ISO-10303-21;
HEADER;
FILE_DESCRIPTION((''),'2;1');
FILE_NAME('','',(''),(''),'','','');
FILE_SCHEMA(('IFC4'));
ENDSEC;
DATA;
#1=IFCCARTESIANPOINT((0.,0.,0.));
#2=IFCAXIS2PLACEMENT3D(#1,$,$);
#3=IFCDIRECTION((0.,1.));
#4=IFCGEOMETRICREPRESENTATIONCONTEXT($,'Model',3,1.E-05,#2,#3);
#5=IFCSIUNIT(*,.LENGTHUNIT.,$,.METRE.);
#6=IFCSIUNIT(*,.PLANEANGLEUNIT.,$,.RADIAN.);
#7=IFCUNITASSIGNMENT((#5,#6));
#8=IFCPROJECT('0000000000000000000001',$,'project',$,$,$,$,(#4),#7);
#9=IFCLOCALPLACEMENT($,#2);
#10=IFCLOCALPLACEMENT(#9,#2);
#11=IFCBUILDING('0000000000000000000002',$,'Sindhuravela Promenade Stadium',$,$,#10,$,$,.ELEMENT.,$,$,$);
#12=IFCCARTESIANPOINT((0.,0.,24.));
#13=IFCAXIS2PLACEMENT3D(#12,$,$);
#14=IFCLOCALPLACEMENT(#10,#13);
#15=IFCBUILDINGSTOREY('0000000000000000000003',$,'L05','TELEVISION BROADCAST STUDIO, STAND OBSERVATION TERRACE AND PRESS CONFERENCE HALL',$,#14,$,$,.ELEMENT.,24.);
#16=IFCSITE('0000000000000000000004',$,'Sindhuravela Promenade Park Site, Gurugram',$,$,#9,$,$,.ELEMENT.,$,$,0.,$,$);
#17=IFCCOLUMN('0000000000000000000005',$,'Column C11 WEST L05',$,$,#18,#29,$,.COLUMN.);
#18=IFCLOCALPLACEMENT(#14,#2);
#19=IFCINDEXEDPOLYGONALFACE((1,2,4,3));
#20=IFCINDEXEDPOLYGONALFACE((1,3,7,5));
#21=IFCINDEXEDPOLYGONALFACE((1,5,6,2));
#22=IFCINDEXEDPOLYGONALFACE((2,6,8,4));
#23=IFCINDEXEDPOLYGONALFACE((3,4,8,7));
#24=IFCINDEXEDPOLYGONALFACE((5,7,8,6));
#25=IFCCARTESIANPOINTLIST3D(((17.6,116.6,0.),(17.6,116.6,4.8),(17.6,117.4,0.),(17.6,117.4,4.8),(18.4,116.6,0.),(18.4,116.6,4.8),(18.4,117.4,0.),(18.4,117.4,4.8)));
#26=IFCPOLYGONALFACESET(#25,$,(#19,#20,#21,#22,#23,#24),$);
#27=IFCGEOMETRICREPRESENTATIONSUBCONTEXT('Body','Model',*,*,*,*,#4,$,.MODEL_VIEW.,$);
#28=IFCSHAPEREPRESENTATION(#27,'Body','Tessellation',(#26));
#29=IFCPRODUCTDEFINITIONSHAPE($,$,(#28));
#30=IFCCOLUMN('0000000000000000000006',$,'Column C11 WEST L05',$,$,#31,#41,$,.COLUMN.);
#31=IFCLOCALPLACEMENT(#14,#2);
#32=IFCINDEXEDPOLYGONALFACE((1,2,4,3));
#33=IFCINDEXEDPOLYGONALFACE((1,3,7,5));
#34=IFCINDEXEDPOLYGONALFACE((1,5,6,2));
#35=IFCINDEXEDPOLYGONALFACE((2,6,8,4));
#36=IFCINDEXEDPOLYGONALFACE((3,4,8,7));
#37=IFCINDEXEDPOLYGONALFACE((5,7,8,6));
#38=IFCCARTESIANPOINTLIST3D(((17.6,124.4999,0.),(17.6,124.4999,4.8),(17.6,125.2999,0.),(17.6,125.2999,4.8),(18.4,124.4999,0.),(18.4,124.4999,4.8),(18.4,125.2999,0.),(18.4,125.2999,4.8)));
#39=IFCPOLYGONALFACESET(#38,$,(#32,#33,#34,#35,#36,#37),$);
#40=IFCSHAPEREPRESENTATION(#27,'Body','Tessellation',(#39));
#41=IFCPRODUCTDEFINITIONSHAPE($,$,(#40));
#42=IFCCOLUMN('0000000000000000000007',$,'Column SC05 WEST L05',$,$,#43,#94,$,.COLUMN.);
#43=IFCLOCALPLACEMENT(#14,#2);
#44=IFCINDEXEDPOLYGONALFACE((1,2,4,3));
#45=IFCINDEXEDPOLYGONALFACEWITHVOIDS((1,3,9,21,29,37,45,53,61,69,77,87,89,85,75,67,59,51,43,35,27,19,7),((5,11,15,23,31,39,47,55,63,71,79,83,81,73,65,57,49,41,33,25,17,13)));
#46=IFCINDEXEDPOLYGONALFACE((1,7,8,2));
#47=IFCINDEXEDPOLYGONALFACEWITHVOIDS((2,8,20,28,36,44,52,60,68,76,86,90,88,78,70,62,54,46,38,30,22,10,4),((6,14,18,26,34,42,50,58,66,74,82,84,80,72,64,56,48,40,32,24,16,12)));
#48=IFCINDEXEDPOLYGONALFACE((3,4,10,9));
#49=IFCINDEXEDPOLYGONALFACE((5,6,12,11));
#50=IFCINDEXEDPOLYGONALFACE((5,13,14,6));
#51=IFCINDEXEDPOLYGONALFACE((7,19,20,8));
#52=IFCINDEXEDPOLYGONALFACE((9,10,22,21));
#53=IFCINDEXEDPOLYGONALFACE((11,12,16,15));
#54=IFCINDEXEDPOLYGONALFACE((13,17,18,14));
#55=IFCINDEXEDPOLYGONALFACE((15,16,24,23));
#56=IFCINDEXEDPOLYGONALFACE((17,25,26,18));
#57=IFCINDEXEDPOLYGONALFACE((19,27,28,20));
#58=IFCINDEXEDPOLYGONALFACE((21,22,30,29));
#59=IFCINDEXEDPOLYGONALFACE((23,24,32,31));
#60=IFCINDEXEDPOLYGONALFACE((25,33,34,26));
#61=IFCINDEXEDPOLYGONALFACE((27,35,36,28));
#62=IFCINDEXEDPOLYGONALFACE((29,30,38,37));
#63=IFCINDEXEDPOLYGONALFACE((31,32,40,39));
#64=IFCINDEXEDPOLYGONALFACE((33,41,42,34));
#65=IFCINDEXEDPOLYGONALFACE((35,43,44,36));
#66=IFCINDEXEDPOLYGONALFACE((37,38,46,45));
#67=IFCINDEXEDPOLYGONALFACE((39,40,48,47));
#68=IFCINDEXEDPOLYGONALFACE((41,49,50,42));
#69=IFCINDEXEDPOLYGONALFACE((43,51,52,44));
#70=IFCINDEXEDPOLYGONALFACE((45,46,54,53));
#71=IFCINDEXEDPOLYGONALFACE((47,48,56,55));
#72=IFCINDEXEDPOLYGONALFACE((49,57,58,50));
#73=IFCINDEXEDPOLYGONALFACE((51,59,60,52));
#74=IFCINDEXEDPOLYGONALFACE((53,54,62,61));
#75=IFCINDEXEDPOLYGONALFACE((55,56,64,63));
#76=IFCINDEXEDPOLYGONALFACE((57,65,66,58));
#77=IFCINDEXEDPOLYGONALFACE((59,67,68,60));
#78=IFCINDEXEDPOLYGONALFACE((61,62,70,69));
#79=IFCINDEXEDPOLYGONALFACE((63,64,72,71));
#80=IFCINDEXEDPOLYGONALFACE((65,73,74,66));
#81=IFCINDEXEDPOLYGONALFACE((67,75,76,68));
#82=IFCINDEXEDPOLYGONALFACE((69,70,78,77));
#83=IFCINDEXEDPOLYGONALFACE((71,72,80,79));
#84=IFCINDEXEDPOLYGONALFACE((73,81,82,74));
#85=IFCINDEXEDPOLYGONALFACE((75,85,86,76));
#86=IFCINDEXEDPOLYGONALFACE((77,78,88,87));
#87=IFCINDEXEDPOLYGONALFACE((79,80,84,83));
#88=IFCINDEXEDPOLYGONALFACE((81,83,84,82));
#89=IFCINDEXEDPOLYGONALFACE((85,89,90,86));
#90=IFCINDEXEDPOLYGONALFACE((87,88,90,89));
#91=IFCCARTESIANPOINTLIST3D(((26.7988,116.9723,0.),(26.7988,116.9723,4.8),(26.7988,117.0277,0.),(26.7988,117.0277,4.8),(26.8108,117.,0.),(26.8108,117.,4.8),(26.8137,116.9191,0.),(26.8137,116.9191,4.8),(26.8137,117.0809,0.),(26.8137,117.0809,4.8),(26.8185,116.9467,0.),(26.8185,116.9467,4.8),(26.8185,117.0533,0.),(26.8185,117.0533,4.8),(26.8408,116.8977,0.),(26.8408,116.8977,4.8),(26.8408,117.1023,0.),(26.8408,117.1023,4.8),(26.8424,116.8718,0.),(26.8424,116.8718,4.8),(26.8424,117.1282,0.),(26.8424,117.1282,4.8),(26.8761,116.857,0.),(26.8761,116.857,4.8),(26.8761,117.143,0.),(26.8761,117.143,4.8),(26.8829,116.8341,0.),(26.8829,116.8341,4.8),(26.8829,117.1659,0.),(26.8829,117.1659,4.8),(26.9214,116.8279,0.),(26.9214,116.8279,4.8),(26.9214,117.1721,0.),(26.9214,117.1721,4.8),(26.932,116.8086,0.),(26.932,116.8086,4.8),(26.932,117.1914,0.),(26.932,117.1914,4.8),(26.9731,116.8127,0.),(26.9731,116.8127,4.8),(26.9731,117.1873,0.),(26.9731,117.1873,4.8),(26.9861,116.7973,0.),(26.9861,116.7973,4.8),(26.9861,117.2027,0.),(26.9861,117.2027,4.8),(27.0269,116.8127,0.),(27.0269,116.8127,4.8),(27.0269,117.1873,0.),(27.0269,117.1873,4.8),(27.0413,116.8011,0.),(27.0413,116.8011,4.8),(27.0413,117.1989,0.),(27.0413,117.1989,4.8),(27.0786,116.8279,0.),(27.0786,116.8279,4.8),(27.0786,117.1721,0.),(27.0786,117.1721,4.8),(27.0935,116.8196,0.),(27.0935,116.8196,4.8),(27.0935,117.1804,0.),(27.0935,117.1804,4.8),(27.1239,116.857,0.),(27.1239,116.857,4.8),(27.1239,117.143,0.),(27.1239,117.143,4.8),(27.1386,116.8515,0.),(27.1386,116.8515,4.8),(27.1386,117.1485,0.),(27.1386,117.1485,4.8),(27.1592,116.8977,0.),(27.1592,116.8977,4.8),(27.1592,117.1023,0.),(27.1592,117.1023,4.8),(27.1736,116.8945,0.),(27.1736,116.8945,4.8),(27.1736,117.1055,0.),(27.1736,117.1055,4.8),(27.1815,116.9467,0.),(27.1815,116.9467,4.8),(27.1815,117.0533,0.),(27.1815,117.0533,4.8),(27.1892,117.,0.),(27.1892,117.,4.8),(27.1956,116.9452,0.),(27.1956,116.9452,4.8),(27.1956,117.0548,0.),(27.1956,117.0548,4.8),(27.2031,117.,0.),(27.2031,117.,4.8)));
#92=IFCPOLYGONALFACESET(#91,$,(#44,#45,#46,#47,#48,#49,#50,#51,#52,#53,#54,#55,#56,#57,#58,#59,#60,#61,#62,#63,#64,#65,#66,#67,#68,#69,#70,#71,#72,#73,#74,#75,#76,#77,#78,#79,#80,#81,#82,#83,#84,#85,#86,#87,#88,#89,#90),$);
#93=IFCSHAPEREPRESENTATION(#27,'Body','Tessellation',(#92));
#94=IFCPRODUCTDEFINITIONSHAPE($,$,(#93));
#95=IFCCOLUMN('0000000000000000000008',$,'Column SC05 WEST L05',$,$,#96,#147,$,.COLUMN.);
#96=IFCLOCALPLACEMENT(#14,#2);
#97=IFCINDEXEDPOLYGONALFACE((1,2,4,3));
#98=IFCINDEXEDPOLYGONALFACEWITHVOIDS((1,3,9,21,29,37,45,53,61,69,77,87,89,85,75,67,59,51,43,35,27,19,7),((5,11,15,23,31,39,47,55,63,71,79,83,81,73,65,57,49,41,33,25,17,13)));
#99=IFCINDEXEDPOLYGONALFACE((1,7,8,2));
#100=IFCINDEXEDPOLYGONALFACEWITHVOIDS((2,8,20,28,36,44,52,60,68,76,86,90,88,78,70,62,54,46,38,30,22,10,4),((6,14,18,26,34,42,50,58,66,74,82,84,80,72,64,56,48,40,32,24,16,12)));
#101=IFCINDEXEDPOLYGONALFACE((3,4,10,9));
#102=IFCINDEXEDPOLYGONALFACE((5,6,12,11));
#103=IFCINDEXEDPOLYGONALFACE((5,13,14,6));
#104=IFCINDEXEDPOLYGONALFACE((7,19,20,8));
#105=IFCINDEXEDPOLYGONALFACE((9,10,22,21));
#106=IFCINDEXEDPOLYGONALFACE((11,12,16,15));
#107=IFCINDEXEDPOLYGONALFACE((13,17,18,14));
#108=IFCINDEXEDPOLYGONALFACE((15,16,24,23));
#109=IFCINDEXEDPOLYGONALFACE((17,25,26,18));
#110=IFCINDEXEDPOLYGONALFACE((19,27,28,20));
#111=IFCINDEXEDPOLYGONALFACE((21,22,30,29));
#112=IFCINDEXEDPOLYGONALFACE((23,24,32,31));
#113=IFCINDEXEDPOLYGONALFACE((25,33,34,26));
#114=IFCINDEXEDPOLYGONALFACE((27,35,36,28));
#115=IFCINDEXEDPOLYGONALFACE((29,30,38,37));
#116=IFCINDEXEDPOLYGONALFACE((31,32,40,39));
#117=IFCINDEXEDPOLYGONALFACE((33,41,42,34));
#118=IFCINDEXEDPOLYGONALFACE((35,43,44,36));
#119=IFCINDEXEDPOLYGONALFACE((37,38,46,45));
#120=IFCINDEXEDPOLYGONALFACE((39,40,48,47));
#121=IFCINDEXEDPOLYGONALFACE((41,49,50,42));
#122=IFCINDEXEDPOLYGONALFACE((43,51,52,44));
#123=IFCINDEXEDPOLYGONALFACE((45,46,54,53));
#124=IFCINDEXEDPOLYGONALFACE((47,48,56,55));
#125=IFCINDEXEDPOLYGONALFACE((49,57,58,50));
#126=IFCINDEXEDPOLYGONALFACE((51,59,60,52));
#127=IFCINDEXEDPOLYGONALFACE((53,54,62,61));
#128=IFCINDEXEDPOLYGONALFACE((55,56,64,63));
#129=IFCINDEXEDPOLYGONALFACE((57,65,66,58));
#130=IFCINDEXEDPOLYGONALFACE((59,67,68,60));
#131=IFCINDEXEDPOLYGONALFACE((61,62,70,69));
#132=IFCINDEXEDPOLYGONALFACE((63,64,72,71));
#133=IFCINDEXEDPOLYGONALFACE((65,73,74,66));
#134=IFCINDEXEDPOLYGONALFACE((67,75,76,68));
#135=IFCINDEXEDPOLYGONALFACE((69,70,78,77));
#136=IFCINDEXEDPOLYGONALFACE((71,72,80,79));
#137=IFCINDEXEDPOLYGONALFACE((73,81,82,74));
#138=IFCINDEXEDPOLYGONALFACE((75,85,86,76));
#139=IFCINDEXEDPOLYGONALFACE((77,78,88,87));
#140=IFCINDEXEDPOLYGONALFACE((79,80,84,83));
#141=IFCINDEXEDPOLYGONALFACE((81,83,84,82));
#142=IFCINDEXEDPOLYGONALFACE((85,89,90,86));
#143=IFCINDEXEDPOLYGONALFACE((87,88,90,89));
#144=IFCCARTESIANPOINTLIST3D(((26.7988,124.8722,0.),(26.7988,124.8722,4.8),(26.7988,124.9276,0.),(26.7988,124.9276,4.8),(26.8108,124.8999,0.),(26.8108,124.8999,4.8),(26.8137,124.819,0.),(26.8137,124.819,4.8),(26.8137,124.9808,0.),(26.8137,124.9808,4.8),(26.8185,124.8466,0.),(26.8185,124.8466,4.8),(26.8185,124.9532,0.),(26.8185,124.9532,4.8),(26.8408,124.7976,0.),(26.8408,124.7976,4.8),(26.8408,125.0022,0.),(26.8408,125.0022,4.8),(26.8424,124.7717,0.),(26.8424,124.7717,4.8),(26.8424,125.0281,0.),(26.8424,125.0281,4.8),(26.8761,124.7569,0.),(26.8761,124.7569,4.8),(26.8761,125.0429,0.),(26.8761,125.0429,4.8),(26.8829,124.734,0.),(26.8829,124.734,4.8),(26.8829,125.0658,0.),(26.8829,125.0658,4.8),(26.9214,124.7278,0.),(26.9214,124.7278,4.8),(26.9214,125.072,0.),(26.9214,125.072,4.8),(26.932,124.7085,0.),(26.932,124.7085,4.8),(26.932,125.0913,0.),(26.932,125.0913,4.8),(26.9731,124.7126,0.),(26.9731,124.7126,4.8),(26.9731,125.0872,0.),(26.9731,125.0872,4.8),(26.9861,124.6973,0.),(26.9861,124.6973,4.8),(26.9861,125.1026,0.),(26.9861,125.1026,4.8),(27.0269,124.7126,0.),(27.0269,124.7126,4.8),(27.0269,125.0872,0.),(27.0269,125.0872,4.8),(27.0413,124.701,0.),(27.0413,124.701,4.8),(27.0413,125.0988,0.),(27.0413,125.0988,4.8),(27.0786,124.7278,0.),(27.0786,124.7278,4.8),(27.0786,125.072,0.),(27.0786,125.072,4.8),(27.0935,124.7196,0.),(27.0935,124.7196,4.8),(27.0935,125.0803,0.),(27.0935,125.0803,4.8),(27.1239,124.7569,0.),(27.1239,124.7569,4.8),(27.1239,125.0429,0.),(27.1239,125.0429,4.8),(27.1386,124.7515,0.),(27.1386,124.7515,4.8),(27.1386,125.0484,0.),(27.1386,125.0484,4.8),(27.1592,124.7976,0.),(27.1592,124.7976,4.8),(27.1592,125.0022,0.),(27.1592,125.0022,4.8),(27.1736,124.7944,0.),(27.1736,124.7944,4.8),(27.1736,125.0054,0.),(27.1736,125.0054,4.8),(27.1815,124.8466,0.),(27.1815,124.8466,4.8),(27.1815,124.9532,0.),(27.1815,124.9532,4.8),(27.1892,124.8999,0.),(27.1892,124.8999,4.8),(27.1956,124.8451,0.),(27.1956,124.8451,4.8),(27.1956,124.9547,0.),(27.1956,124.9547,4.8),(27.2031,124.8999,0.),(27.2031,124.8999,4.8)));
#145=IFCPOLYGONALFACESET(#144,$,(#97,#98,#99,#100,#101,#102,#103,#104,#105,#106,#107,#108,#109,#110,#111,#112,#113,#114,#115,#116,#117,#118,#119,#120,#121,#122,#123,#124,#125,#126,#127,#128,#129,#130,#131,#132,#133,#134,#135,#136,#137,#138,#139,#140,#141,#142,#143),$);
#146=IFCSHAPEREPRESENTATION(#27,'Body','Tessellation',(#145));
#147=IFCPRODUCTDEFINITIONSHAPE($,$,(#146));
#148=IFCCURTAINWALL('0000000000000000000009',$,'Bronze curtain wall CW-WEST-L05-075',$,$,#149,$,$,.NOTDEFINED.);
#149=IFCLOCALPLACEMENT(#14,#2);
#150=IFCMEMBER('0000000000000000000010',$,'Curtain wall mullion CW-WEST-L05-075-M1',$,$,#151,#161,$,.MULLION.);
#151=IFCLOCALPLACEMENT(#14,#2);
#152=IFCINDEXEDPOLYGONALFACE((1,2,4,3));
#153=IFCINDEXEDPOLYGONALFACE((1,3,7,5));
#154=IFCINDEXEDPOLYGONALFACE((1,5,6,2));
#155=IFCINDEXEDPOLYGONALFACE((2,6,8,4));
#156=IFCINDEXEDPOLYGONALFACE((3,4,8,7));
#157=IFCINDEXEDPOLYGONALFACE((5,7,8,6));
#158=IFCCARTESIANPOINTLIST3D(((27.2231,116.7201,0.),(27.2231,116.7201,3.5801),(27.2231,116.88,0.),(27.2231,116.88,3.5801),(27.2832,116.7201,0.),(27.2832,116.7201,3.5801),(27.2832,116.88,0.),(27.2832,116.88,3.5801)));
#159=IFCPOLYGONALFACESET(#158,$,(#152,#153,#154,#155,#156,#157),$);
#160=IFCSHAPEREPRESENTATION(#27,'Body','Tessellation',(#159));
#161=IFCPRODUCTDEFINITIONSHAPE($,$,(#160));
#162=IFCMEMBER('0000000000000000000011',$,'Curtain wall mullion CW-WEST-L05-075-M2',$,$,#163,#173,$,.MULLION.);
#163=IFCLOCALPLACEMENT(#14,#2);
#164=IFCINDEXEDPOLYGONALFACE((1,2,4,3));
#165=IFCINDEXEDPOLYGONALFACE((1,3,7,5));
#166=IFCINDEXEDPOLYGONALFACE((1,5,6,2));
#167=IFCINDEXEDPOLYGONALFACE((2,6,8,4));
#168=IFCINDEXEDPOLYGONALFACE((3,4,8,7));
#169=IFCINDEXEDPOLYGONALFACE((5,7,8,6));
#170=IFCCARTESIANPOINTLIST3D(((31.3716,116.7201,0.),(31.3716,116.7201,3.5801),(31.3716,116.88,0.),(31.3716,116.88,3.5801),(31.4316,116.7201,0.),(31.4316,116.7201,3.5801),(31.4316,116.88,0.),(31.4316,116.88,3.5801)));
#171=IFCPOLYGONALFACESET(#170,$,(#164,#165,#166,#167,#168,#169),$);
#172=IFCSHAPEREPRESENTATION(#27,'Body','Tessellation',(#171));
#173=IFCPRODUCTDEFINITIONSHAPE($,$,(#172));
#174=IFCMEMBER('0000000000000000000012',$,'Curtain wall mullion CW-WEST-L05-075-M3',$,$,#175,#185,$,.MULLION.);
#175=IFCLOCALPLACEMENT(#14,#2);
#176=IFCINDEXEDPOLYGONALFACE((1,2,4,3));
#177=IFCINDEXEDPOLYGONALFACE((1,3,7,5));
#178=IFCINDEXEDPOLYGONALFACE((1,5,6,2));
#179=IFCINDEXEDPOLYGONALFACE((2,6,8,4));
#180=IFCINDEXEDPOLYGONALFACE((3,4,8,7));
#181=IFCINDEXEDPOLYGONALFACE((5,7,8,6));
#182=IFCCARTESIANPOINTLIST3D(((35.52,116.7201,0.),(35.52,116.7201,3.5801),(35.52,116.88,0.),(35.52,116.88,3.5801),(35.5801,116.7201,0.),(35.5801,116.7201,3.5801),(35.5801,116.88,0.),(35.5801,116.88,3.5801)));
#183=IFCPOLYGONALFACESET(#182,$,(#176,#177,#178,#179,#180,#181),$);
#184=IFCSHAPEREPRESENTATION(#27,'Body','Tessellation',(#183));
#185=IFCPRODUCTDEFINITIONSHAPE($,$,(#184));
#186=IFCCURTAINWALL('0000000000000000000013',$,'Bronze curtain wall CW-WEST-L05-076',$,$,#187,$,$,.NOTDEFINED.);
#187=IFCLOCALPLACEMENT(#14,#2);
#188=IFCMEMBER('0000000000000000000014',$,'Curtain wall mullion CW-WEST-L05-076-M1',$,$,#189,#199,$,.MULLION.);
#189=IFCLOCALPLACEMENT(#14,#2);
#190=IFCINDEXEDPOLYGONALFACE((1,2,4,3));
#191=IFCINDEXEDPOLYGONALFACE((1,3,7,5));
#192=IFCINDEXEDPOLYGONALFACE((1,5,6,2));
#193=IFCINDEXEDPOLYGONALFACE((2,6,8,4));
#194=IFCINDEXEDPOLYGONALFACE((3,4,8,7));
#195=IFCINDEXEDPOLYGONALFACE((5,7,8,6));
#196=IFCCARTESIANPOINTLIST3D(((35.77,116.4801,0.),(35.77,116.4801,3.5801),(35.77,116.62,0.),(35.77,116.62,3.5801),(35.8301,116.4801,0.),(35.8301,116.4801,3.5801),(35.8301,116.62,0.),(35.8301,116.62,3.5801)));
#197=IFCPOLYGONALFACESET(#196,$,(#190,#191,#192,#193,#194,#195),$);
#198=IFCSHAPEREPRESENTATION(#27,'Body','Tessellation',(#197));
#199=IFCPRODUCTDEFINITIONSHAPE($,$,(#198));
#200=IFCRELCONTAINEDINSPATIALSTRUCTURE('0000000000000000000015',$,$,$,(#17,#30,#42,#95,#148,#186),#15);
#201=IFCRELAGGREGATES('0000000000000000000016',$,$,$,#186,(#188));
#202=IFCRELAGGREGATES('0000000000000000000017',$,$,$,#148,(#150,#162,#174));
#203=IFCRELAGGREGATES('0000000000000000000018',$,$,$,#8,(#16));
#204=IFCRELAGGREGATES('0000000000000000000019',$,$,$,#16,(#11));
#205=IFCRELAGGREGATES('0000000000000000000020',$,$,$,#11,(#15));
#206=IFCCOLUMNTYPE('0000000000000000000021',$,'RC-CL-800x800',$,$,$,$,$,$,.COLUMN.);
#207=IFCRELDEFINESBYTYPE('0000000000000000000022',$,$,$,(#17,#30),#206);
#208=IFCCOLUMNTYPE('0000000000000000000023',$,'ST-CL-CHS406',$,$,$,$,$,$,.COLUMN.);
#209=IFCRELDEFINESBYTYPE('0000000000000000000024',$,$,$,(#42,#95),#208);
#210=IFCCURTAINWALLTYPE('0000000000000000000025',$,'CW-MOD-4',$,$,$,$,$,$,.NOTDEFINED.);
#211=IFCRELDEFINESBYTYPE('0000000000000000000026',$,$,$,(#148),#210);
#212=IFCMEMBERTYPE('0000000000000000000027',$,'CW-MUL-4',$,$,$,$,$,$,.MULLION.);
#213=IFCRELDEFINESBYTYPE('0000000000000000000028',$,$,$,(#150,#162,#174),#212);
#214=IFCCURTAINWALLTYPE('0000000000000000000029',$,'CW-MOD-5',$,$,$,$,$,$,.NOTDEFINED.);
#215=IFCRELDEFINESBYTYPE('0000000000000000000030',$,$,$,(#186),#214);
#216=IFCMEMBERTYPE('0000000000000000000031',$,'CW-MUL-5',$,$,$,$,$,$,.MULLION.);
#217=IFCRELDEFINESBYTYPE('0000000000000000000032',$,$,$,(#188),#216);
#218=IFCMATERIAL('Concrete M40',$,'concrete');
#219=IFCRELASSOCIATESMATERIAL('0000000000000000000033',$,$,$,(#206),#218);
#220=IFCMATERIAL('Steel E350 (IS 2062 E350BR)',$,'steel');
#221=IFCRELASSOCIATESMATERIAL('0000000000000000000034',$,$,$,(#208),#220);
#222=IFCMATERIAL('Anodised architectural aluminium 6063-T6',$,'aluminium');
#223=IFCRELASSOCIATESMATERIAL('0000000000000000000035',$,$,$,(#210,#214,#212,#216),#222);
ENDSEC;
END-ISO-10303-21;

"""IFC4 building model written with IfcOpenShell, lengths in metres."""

from ifc_helpers import new_model, si_unit, direction, frame, origin, origin_2d, place, context, subcontext, project, spatial, rectangle, hollow_circle, extrude, material, material_profile, profile_set, type_object, element, aggregate, save


model = new_model("IFC4")

# Units and contexts
model_context = context("Model", 3, precision=1e-05, world=origin(), true_north=direction((0.0, 1.0)))
body_context = subcontext(model_context, "Body", "Model", "MODEL_VIEW")
ifc_project = project(units=[si_unit("LENGTHUNIT", "METRE"), si_unit("PLANEANGLEUNIT", "RADIAN")], contexts=[model_context])

# Site, building, storey
site_placement = place(None, origin())
site = spatial("IfcSite", under=ifc_project, at=site_placement, Name="Sindhuravela Promenade Park Site, Gurugram", CompositionType="ELEMENT", RefElevation=0.0)
building_placement = place(site_placement, origin())
building = spatial("IfcBuilding", under=site, at=building_placement, Name="Sindhuravela Promenade Stadium", CompositionType="ELEMENT")
storey_placement = place(building_placement, frame((0.0, 0.0, 24.0)))
storey = spatial("IfcBuildingStorey", under=building, at=storey_placement, Name="L05", Description="TELEVISION BROADCAST STUDIO, STAND OBSERVATION TERRACE AND PRESS CONFERENCE HALL", CompositionType="ELEMENT", Elevation=24.0)

# Columns
ifc_material_1 = material(Name="Concrete M40", Category="concrete")
ifc_material_profile_1 = material_profile(ifc_material_1, rectangle(XDim=0.8, YDim=0.8, at=origin_2d()), Name="RC 800x800")
ifc_profile_set_1 = profile_set([ifc_material_profile_1], Name="Concrete M40")
column_type_1 = type_object("IfcColumnType", Name="RC-CL-800x800", PredefinedType="COLUMN", material=ifc_profile_set_1)
for number, where, z_axis, x_axis, name in (
    (1, (18.0, 117.0, 0.0), (0.0, 0.0, 1.0), (1.0, 0.0, 0.0), "Column C11 WEST L05"),
    (2, (18.0, 124.8999, 0.0), (0.0, 0.0, 1.0), (1.0, 0.0, 0.0), "Column C11 WEST L05"),
):
    element("IfcColumn", number, at=place(storey_placement, frame(where, z_axis=z_axis, x_axis=x_axis)), inside=storey, type_object=column_type_1, Name=name, PredefinedType="COLUMN", context=body_context, shape_type="SweptSolid", body=[
        extrude(rectangle(XDim=0.8, YDim=0.8, at=origin_2d()), origin(), (0.0, 0.0, 1.0), 4.8),
    ])
ifc_material_2 = material(Name="Steel E350 (IS 2062 E350BR)", Category="steel")
ifc_material_profile_2 = material_profile(ifc_material_2, hollow_circle(Radius=0.2031, WallThickness=0.0139, at=origin_2d()), Name="CHS 406.4x14")
ifc_profile_set_2 = profile_set([ifc_material_profile_2], Name="Steel E350 (IS 2062 E350BR)")
column_type_2 = type_object("IfcColumnType", Name="ST-CL-CHS406", PredefinedType="COLUMN", material=ifc_profile_set_2)
for number, where, z_axis, x_axis, name in (
    (3, (27.0, 117.0, 0.0), (0.0, 0.0, 1.0), (1.0, 0.0, 0.0), "Column SC05 WEST L05"),
    (4, (27.0, 124.8999, 0.0), (0.0, 0.0, 1.0), (1.0, 0.0, 0.0), "Column SC05 WEST L05"),
):
    element("IfcColumn", number, at=place(storey_placement, frame(where, z_axis=z_axis, x_axis=x_axis)), inside=storey, type_object=column_type_2, Name=name, PredefinedType="COLUMN", context=body_context, shape_type="SweptSolid", body=[
        extrude(hollow_circle(Radius=0.2031, WallThickness=0.0139, at=origin_2d()), origin(), (0.0, 0.0, 1.0), 4.8),
    ])

# Curtain walls, members
ifc_material_3 = material(Name="Anodised architectural aluminium 6063-T6", Category="aluminium")
curtain_wall_type_1 = type_object("IfcCurtainWallType", Name="CW-MOD-4", PredefinedType="NOTDEFINED", material=ifc_material_3)
curtain_wall_1_placement = place(storey_placement, origin())
curtain_wall_1 = element("IfcCurtainWall", 5, at=curtain_wall_1_placement, inside=storey, type_object=curtain_wall_type_1, Name="Bronze curtain wall CW-WEST-L05-075", PredefinedType="NOTDEFINED")
ifc_material_profile_3 = material_profile(ifc_material_3, rectangle(XDim=0.0601, YDim=0.1599, at=origin_2d()), Name="ALU M60x160")
ifc_profile_set_3 = profile_set([ifc_material_profile_3], Name="Anodised architectural aluminium 6063-T6")
member_type_1 = type_object("IfcMemberType", Name="CW-MUL-4", PredefinedType="MULLION", material=ifc_profile_set_3)
member_1_placement = place(storey_placement, frame((27.2532, 116.8, 0.0), z_axis=(0.0, 0.0, 1.0), x_axis=(1.0, 0.0, 0.0)))
member_1 = element("IfcMember", 6, at=member_1_placement, type_object=member_type_1, Name="Curtain wall mullion CW-WEST-L05-075-M1", PredefinedType="MULLION", context=body_context, shape_type="SweptSolid", body=[
    extrude(rectangle(XDim=0.0601, YDim=0.1599, at=origin_2d()), origin(), (0.0, 0.0, 1.0), 3.5801),
])
member_2_placement = place(storey_placement, frame((31.4016, 116.8, 0.0), z_axis=(0.0, 0.0, 1.0), x_axis=(1.0, 0.0, 0.0)))
member_2 = element("IfcMember", 7, at=member_2_placement, type_object=member_type_1, Name="Curtain wall mullion CW-WEST-L05-075-M2", PredefinedType="MULLION", context=body_context, shape_type="SweptSolid", body=[
    extrude(rectangle(XDim=0.0601, YDim=0.1599, at=origin_2d()), origin(), (0.0, 0.0, 1.0), 3.5801),
])
member_3_placement = place(storey_placement, frame((35.55, 116.8, 0.0), z_axis=(0.0, 0.0, 1.0), x_axis=(1.0, 0.0, 0.0)))
member_3 = element("IfcMember", 8, at=member_3_placement, type_object=member_type_1, Name="Curtain wall mullion CW-WEST-L05-075-M3", PredefinedType="MULLION", context=body_context, shape_type="SweptSolid", body=[
    extrude(rectangle(XDim=0.0601, YDim=0.1599, at=origin_2d()), origin(), (0.0, 0.0, 1.0), 3.5801),
])
curtain_wall_type_2 = type_object("IfcCurtainWallType", Name="CW-MOD-5", PredefinedType="NOTDEFINED", material=ifc_material_3)
curtain_wall_2_placement = place(storey_placement, origin())
curtain_wall_2 = element("IfcCurtainWall", 9, at=curtain_wall_2_placement, inside=storey, type_object=curtain_wall_type_2, Name="Bronze curtain wall CW-WEST-L05-076", PredefinedType="NOTDEFINED")
ifc_material_profile_4 = material_profile(ifc_material_3, rectangle(XDim=0.0601, YDim=0.1399, at=origin_2d()), Name="ALU M60x140")
ifc_profile_set_4 = profile_set([ifc_material_profile_4], Name="Anodised architectural aluminium 6063-T6")
member_type_2 = type_object("IfcMemberType", Name="CW-MUL-5", PredefinedType="MULLION", material=ifc_profile_set_4)
member_4_placement = place(storey_placement, frame((35.8, 116.55, 0.0), z_axis=(0.0, 0.0, 1.0), x_axis=(1.0, 0.0, 0.0)))
member_4 = element("IfcMember", 10, at=member_4_placement, type_object=member_type_2, Name="Curtain wall mullion CW-WEST-L05-076-M1", PredefinedType="MULLION", context=body_context, shape_type="SweptSolid", body=[
    extrude(rectangle(XDim=0.0601, YDim=0.1399, at=origin_2d()), origin(), (0.0, 0.0, 1.0), 3.5801),
])

aggregate(curtain_wall_2, [member_4])
aggregate(curtain_wall_1, [member_1, member_2, member_3])

save(model, "model.ifc")
